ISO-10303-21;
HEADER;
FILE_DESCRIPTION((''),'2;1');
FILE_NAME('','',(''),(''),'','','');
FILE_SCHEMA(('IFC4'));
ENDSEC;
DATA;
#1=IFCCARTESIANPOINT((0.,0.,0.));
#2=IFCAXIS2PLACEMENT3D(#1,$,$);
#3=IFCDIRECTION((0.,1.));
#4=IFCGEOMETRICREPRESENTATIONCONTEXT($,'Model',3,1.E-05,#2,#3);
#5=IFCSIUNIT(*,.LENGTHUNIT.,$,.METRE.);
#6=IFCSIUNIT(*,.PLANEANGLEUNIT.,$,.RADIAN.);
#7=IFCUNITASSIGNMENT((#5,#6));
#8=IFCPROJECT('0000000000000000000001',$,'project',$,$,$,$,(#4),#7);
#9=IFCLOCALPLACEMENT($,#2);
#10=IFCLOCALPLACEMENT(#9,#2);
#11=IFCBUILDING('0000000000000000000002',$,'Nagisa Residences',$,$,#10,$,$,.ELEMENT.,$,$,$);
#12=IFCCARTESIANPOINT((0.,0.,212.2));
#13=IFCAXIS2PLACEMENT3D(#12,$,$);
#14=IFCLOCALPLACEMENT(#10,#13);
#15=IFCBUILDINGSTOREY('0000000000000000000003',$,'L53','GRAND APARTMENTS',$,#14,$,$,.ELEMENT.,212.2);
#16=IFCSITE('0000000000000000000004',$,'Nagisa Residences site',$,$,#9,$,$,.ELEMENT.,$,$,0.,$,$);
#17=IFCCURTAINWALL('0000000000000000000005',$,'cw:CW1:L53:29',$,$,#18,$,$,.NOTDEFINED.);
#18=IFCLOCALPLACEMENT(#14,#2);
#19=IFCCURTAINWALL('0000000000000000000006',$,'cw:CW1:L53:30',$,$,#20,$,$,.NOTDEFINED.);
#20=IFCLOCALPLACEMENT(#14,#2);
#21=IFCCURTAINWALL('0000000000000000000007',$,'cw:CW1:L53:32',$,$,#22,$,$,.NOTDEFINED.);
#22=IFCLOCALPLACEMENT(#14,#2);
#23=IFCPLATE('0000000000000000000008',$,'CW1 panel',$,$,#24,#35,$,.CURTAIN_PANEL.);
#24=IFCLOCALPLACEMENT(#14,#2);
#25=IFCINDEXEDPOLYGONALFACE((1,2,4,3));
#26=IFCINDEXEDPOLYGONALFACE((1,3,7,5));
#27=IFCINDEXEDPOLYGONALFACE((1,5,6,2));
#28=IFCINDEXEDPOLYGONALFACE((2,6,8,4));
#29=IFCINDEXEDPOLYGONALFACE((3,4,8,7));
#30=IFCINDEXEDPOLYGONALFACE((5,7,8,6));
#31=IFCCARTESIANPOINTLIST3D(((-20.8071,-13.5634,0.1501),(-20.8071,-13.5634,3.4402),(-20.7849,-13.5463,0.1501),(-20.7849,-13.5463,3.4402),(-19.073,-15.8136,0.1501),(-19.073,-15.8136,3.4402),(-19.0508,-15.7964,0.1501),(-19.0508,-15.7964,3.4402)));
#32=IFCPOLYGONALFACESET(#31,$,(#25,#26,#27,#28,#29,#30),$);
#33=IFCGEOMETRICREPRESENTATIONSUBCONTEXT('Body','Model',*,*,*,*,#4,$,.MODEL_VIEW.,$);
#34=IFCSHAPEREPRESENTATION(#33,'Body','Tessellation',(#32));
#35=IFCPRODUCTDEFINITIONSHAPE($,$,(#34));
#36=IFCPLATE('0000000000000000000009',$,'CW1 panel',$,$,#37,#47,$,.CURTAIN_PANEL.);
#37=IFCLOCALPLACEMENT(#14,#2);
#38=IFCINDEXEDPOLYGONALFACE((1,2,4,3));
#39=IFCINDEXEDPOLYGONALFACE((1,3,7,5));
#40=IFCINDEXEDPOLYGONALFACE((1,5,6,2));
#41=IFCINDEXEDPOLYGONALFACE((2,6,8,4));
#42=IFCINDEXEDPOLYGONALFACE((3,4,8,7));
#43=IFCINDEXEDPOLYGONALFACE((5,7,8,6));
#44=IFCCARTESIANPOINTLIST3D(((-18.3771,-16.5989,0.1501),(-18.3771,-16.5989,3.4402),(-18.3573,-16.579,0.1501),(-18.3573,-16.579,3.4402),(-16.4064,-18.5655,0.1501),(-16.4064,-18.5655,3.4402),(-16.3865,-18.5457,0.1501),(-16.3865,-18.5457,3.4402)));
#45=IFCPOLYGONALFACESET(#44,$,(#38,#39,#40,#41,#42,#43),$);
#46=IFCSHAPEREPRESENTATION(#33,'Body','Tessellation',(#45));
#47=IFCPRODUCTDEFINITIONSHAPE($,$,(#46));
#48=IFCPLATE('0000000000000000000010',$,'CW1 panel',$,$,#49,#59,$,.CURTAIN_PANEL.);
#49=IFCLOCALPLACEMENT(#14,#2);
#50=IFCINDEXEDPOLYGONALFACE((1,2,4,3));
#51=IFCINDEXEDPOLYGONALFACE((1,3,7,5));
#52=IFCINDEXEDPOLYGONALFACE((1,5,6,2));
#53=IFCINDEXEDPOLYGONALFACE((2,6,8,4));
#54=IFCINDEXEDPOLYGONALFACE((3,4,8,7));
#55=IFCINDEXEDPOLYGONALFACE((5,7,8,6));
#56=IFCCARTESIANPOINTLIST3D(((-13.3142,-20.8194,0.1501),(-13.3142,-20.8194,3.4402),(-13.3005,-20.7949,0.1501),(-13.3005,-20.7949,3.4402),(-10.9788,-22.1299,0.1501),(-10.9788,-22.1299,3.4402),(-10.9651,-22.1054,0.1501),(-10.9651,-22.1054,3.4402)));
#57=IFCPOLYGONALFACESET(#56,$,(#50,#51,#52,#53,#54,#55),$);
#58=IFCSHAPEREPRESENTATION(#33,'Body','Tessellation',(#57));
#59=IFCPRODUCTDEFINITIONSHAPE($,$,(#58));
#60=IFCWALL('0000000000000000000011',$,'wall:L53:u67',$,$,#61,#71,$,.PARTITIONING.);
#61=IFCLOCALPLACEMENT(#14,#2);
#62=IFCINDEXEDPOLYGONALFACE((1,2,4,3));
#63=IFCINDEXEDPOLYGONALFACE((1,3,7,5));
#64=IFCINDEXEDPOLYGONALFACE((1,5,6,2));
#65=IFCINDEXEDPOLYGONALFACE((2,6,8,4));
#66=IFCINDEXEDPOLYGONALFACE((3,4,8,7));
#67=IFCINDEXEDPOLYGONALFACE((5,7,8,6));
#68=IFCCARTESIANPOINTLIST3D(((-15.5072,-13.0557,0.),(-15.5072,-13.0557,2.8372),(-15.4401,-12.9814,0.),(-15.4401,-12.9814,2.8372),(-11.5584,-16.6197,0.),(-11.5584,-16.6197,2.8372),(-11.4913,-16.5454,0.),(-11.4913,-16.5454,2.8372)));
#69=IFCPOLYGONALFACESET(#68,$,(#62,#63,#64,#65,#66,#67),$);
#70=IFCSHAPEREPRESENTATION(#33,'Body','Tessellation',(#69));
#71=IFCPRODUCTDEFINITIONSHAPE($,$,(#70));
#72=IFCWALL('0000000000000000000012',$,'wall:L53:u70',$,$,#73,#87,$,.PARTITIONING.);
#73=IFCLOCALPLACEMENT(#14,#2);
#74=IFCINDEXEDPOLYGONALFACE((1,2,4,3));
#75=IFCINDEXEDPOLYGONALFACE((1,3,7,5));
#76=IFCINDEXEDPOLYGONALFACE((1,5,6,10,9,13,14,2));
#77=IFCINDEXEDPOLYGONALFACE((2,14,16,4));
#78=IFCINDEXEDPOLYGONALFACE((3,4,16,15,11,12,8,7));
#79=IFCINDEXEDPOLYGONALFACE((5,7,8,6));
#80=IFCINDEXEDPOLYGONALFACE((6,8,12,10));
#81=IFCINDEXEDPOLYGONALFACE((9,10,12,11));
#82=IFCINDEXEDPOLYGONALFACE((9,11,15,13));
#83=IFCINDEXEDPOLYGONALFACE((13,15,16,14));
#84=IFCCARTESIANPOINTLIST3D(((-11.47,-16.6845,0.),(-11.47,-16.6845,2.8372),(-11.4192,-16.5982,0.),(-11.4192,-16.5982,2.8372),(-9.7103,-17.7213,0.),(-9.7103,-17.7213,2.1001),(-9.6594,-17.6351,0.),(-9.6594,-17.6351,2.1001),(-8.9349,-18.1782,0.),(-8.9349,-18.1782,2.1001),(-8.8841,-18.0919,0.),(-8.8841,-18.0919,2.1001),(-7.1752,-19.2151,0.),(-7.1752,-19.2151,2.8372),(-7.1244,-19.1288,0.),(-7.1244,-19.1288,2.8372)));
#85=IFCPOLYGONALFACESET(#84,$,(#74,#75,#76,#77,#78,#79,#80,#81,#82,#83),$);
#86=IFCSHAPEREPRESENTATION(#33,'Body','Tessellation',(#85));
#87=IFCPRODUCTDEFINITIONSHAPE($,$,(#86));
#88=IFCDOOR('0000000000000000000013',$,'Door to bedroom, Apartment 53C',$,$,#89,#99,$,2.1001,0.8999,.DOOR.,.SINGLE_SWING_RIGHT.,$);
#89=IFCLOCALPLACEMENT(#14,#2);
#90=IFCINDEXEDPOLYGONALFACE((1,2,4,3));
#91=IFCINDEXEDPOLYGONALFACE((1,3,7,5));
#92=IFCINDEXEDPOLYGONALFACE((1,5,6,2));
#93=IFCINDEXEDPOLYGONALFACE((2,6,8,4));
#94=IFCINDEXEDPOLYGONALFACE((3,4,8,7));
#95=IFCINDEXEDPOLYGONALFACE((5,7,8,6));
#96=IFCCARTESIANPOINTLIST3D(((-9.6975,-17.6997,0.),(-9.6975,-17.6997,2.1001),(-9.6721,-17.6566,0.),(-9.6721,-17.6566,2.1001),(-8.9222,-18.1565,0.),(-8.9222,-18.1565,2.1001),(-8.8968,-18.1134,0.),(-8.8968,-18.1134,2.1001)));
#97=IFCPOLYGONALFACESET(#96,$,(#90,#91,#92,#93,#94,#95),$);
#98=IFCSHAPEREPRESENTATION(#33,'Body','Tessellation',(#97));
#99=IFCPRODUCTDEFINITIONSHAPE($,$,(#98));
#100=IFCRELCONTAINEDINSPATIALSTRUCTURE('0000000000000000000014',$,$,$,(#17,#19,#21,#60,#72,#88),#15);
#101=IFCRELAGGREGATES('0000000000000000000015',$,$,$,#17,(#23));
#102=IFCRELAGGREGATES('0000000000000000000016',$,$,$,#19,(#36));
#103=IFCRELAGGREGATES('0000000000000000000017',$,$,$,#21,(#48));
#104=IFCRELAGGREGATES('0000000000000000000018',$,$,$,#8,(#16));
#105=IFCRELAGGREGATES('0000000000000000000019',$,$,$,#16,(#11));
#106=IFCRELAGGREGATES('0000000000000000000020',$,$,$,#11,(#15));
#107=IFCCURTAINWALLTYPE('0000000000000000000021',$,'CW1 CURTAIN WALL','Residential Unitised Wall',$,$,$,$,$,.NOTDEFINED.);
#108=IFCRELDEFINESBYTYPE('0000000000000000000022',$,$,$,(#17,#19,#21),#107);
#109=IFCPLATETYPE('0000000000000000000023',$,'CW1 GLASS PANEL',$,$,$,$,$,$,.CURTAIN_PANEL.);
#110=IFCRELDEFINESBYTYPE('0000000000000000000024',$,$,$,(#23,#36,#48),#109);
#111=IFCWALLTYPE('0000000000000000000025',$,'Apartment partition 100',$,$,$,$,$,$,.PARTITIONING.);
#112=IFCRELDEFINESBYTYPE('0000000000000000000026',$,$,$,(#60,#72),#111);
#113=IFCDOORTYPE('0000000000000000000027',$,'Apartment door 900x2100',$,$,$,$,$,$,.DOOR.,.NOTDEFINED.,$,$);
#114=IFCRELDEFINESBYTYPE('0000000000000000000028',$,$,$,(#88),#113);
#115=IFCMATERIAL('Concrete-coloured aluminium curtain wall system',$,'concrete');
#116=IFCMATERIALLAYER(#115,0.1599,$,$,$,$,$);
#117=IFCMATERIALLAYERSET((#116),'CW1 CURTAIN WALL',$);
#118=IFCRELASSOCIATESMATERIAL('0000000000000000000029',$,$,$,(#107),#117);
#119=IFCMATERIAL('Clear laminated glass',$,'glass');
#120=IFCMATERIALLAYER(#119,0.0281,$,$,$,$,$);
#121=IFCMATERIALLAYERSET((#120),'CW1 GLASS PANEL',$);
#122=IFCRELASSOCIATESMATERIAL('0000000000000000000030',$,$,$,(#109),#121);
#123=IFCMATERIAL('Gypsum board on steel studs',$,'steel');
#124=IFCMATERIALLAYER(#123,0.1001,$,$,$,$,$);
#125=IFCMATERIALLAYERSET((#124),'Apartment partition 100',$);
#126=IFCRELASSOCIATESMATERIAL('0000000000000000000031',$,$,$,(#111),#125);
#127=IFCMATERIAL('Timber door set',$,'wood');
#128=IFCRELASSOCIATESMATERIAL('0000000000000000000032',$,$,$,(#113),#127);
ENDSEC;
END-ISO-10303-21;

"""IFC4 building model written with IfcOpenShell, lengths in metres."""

from ifc_helpers import new_model, si_unit, direction, frame, frame_2d, origin, origin_2d, place, context, subcontext, project, spatial, rectangle, extrude, material, layer, layer_set, type_object, element, fill, aggregate, save


model = new_model("IFC4")

# Units and contexts
model_context = context("Model", 3, precision=1e-05, world=origin(), true_north=direction((0.0, 1.0)))
body_context = subcontext(model_context, "Body", "Model", "MODEL_VIEW")
ifc_project = project(units=[si_unit("LENGTHUNIT", "METRE"), si_unit("PLANEANGLEUNIT", "RADIAN")], contexts=[model_context])

# Site, building, storey
site_placement = place(None, origin())
site = spatial("IfcSite", under=ifc_project, at=site_placement, Name="Nagisa Residences site", CompositionType="ELEMENT", RefElevation=0.0)
building_placement = place(site_placement, origin())
building = spatial("IfcBuilding", under=site, at=building_placement, Name="Nagisa Residences", CompositionType="ELEMENT")
storey_placement = place(building_placement, frame((0.0, 0.0, 212.2)))
storey = spatial("IfcBuildingStorey", under=building, at=storey_placement, Name="L53", Description="GRAND APARTMENTS", CompositionType="ELEMENT", Elevation=212.2)

# Curtain walls
ifc_material_1 = material(Name="Concrete-coloured aluminium curtain wall system", Category="concrete")
ifc_layer_1 = layer(ifc_material_1, 0.1599)
ifc_layer_set_1 = layer_set([ifc_layer_1], Name="CW1 CURTAIN WALL")
curtain_wall_type = type_object("IfcCurtainWallType", Name="CW1 CURTAIN WALL", Description="Residential Unitised Wall", PredefinedType="NOTDEFINED", material=ifc_layer_set_1)
curtain_wall_1_placement = place(storey_placement, origin())
curtain_wall_1 = element("IfcCurtainWall", 1, at=curtain_wall_1_placement, inside=storey, type_object=curtain_wall_type, Name="cw:CW1:L53:29", PredefinedType="NOTDEFINED")
curtain_wall_2_placement = place(storey_placement, origin())
curtain_wall_2 = element("IfcCurtainWall", 2, at=curtain_wall_2_placement, inside=storey, type_object=curtain_wall_type, Name="cw:CW1:L53:30", PredefinedType="NOTDEFINED")
curtain_wall_3_placement = place(storey_placement, origin())
curtain_wall_3 = element("IfcCurtainWall", 3, at=curtain_wall_3_placement, inside=storey, type_object=curtain_wall_type, Name="cw:CW1:L53:32", PredefinedType="NOTDEFINED")

# Plates
ifc_material_2 = material(Name="Clear laminated glass", Category="glass")
ifc_layer_2 = layer(ifc_material_2, 0.0281)
ifc_layer_set_2 = layer_set([ifc_layer_2], Name="CW1 GLASS PANEL")
plate_type = type_object("IfcPlateType", Name="CW1 GLASS PANEL", PredefinedType="CURTAIN_PANEL", material=ifc_layer_set_2)
plate_1_placement = place(storey_placement, frame((-19.929, -14.6799, 0.1501), z_axis=(0.0, 0.0, 1.0), x_axis=(0.61043, -0.79207, 0.0)))
plate_1 = element("IfcPlate", 4, at=plate_1_placement, type_object=plate_type, Name="CW1 panel", PredefinedType="CURTAIN_PANEL", context=body_context, shape_type="SweptSolid", body=[
    extrude(rectangle(XDim=2.8408, YDim=0.0281, at=origin_2d()), origin(), (0.0, 0.0, 1.0), 3.29),
])
aggregate(curtain_wall_1, [plate_1])
plate_2_placement = place(storey_placement, frame((-17.3818, -17.5723, 0.1501), z_axis=(0.0, 0.0, 1.0), x_axis=(0.707836, -0.706377, 0.0)))
plate_2 = element("IfcPlate", 5, at=plate_2_placement, type_object=plate_type, Name="CW1 panel", PredefinedType="CURTAIN_PANEL", context=body_context, shape_type="SweptSolid", body=[
    extrude(rectangle(XDim=2.7842, YDim=0.0281, at=origin_2d()), origin(), (0.0, 0.0, 1.0), 3.29),
])
aggregate(curtain_wall_2, [plate_2])
plate_3_placement = place(storey_placement, frame((-12.1396, -21.4624, 0.1501), z_axis=(0.0, 0.0, 1.0), x_axis=(0.872072, -0.489377, 0.0)))
plate_3 = element("IfcPlate", 6, at=plate_3_placement, type_object=plate_type, Name="CW1 panel", PredefinedType="CURTAIN_PANEL", context=body_context, shape_type="SweptSolid", body=[
    extrude(rectangle(XDim=2.678, YDim=0.0281, at=origin_2d()), origin(), (0.0, 0.0, 1.0), 3.29),
])
aggregate(curtain_wall_3, [plate_3])

# Wall
ifc_material_3 = material(Name="Gypsum board on steel studs", Category="steel")
ifc_layer_3 = layer(ifc_material_3, 0.1001)
ifc_layer_set_3 = layer_set([ifc_layer_3], Name="Apartment partition 100")
wall_type_1 = type_object("IfcWallType", Name="Apartment partition 100", PredefinedType="PARTITIONING", material=ifc_layer_set_3)
wall_1_placement = place(storey_placement, frame((-15.4736, -13.0186, 0.0), z_axis=(0.0, 0.0, 1.0), x_axis=(0.742349, -0.670014, 0.0)))
element("IfcWall", 7, at=wall_1_placement, inside=storey, type_object=wall_type_1, Name="wall:L53:u67", PredefinedType="PARTITIONING", context=body_context, shape_type="SweptSolid", body=[
    extrude(rectangle(XDim=5.3193, YDim=0.1001, at=frame_2d((2.6597, 0.0))), origin(), (0.0, 0.0, 1.0), 2.8372),
])

# Wall, opening, door
wall_2_placement = place(storey_placement, frame((-11.4446, -16.6414, 0.0), z_axis=(0.0, 0.0, 1.0), x_axis=(0.861563, -0.507651, 0.0)))
wall_2 = element("IfcWall", 8, at=wall_2_placement, inside=storey, type_object=wall_type_1, Name="wall:L53:u70", PredefinedType="PARTITIONING", context=body_context, shape_type="SweptSolid", body=[
    extrude(rectangle(XDim=4.9849, YDim=0.1001, at=frame_2d((2.4924, 0.0))), origin(), (0.0, 0.0, 1.0), 2.8372),
])
opening_1_placement = place(wall_2_placement, frame((2.0425, 0.0, 0.0)))
opening_1 = element("IfcOpeningElement", 9, at=opening_1_placement, cuts=wall_2, PredefinedType="OPENING", context=body_context, shape_type="SweptSolid", body=[
    extrude(rectangle(XDim=0.8999, YDim=2.1001, at=frame_2d((0.45, 1.05))), frame((0.0, 0.0601, 0.0), z_axis=(0.0, -1.0, 0.0), x_axis=(1.0, 0.0, 0.0)), (0.0, 0.0, 1.0), 0.1201),
])
ifc_material_4 = material(Name="Timber door set", Category="wood")
door_type_1 = type_object("IfcDoorType", Name="Apartment door 900x2100", OperationType="NOTDEFINED", PredefinedType="DOOR", material=ifc_material_4)
door_1_placement = place(opening_1_placement, frame((0.8999, 0.0, 0.0), x_axis=(-1.0, 0.0, 0.0)))
door_1 = element("IfcDoor", 10, at=door_1_placement, inside=storey, type_object=door_type_1, Name="Door to bedroom, Apartment 53C", OperationType="SINGLE_SWING_RIGHT", OverallHeight=2.1001, OverallWidth=0.8999, PredefinedType="DOOR", context=body_context, shape_type="SweptSolid", body=[
    extrude(rectangle(XDim=0.8999, YDim=2.1001, at=frame_2d((0.45, 1.05))), frame((0.0, 0.0249, 0.0), z_axis=(0.0, -1.0, 0.0), x_axis=(1.0, 0.0, 0.0)), (0.0, 0.0, 1.0), 0.05),
])
fill(opening_1, door_1)

save(model, "model.ifc")
